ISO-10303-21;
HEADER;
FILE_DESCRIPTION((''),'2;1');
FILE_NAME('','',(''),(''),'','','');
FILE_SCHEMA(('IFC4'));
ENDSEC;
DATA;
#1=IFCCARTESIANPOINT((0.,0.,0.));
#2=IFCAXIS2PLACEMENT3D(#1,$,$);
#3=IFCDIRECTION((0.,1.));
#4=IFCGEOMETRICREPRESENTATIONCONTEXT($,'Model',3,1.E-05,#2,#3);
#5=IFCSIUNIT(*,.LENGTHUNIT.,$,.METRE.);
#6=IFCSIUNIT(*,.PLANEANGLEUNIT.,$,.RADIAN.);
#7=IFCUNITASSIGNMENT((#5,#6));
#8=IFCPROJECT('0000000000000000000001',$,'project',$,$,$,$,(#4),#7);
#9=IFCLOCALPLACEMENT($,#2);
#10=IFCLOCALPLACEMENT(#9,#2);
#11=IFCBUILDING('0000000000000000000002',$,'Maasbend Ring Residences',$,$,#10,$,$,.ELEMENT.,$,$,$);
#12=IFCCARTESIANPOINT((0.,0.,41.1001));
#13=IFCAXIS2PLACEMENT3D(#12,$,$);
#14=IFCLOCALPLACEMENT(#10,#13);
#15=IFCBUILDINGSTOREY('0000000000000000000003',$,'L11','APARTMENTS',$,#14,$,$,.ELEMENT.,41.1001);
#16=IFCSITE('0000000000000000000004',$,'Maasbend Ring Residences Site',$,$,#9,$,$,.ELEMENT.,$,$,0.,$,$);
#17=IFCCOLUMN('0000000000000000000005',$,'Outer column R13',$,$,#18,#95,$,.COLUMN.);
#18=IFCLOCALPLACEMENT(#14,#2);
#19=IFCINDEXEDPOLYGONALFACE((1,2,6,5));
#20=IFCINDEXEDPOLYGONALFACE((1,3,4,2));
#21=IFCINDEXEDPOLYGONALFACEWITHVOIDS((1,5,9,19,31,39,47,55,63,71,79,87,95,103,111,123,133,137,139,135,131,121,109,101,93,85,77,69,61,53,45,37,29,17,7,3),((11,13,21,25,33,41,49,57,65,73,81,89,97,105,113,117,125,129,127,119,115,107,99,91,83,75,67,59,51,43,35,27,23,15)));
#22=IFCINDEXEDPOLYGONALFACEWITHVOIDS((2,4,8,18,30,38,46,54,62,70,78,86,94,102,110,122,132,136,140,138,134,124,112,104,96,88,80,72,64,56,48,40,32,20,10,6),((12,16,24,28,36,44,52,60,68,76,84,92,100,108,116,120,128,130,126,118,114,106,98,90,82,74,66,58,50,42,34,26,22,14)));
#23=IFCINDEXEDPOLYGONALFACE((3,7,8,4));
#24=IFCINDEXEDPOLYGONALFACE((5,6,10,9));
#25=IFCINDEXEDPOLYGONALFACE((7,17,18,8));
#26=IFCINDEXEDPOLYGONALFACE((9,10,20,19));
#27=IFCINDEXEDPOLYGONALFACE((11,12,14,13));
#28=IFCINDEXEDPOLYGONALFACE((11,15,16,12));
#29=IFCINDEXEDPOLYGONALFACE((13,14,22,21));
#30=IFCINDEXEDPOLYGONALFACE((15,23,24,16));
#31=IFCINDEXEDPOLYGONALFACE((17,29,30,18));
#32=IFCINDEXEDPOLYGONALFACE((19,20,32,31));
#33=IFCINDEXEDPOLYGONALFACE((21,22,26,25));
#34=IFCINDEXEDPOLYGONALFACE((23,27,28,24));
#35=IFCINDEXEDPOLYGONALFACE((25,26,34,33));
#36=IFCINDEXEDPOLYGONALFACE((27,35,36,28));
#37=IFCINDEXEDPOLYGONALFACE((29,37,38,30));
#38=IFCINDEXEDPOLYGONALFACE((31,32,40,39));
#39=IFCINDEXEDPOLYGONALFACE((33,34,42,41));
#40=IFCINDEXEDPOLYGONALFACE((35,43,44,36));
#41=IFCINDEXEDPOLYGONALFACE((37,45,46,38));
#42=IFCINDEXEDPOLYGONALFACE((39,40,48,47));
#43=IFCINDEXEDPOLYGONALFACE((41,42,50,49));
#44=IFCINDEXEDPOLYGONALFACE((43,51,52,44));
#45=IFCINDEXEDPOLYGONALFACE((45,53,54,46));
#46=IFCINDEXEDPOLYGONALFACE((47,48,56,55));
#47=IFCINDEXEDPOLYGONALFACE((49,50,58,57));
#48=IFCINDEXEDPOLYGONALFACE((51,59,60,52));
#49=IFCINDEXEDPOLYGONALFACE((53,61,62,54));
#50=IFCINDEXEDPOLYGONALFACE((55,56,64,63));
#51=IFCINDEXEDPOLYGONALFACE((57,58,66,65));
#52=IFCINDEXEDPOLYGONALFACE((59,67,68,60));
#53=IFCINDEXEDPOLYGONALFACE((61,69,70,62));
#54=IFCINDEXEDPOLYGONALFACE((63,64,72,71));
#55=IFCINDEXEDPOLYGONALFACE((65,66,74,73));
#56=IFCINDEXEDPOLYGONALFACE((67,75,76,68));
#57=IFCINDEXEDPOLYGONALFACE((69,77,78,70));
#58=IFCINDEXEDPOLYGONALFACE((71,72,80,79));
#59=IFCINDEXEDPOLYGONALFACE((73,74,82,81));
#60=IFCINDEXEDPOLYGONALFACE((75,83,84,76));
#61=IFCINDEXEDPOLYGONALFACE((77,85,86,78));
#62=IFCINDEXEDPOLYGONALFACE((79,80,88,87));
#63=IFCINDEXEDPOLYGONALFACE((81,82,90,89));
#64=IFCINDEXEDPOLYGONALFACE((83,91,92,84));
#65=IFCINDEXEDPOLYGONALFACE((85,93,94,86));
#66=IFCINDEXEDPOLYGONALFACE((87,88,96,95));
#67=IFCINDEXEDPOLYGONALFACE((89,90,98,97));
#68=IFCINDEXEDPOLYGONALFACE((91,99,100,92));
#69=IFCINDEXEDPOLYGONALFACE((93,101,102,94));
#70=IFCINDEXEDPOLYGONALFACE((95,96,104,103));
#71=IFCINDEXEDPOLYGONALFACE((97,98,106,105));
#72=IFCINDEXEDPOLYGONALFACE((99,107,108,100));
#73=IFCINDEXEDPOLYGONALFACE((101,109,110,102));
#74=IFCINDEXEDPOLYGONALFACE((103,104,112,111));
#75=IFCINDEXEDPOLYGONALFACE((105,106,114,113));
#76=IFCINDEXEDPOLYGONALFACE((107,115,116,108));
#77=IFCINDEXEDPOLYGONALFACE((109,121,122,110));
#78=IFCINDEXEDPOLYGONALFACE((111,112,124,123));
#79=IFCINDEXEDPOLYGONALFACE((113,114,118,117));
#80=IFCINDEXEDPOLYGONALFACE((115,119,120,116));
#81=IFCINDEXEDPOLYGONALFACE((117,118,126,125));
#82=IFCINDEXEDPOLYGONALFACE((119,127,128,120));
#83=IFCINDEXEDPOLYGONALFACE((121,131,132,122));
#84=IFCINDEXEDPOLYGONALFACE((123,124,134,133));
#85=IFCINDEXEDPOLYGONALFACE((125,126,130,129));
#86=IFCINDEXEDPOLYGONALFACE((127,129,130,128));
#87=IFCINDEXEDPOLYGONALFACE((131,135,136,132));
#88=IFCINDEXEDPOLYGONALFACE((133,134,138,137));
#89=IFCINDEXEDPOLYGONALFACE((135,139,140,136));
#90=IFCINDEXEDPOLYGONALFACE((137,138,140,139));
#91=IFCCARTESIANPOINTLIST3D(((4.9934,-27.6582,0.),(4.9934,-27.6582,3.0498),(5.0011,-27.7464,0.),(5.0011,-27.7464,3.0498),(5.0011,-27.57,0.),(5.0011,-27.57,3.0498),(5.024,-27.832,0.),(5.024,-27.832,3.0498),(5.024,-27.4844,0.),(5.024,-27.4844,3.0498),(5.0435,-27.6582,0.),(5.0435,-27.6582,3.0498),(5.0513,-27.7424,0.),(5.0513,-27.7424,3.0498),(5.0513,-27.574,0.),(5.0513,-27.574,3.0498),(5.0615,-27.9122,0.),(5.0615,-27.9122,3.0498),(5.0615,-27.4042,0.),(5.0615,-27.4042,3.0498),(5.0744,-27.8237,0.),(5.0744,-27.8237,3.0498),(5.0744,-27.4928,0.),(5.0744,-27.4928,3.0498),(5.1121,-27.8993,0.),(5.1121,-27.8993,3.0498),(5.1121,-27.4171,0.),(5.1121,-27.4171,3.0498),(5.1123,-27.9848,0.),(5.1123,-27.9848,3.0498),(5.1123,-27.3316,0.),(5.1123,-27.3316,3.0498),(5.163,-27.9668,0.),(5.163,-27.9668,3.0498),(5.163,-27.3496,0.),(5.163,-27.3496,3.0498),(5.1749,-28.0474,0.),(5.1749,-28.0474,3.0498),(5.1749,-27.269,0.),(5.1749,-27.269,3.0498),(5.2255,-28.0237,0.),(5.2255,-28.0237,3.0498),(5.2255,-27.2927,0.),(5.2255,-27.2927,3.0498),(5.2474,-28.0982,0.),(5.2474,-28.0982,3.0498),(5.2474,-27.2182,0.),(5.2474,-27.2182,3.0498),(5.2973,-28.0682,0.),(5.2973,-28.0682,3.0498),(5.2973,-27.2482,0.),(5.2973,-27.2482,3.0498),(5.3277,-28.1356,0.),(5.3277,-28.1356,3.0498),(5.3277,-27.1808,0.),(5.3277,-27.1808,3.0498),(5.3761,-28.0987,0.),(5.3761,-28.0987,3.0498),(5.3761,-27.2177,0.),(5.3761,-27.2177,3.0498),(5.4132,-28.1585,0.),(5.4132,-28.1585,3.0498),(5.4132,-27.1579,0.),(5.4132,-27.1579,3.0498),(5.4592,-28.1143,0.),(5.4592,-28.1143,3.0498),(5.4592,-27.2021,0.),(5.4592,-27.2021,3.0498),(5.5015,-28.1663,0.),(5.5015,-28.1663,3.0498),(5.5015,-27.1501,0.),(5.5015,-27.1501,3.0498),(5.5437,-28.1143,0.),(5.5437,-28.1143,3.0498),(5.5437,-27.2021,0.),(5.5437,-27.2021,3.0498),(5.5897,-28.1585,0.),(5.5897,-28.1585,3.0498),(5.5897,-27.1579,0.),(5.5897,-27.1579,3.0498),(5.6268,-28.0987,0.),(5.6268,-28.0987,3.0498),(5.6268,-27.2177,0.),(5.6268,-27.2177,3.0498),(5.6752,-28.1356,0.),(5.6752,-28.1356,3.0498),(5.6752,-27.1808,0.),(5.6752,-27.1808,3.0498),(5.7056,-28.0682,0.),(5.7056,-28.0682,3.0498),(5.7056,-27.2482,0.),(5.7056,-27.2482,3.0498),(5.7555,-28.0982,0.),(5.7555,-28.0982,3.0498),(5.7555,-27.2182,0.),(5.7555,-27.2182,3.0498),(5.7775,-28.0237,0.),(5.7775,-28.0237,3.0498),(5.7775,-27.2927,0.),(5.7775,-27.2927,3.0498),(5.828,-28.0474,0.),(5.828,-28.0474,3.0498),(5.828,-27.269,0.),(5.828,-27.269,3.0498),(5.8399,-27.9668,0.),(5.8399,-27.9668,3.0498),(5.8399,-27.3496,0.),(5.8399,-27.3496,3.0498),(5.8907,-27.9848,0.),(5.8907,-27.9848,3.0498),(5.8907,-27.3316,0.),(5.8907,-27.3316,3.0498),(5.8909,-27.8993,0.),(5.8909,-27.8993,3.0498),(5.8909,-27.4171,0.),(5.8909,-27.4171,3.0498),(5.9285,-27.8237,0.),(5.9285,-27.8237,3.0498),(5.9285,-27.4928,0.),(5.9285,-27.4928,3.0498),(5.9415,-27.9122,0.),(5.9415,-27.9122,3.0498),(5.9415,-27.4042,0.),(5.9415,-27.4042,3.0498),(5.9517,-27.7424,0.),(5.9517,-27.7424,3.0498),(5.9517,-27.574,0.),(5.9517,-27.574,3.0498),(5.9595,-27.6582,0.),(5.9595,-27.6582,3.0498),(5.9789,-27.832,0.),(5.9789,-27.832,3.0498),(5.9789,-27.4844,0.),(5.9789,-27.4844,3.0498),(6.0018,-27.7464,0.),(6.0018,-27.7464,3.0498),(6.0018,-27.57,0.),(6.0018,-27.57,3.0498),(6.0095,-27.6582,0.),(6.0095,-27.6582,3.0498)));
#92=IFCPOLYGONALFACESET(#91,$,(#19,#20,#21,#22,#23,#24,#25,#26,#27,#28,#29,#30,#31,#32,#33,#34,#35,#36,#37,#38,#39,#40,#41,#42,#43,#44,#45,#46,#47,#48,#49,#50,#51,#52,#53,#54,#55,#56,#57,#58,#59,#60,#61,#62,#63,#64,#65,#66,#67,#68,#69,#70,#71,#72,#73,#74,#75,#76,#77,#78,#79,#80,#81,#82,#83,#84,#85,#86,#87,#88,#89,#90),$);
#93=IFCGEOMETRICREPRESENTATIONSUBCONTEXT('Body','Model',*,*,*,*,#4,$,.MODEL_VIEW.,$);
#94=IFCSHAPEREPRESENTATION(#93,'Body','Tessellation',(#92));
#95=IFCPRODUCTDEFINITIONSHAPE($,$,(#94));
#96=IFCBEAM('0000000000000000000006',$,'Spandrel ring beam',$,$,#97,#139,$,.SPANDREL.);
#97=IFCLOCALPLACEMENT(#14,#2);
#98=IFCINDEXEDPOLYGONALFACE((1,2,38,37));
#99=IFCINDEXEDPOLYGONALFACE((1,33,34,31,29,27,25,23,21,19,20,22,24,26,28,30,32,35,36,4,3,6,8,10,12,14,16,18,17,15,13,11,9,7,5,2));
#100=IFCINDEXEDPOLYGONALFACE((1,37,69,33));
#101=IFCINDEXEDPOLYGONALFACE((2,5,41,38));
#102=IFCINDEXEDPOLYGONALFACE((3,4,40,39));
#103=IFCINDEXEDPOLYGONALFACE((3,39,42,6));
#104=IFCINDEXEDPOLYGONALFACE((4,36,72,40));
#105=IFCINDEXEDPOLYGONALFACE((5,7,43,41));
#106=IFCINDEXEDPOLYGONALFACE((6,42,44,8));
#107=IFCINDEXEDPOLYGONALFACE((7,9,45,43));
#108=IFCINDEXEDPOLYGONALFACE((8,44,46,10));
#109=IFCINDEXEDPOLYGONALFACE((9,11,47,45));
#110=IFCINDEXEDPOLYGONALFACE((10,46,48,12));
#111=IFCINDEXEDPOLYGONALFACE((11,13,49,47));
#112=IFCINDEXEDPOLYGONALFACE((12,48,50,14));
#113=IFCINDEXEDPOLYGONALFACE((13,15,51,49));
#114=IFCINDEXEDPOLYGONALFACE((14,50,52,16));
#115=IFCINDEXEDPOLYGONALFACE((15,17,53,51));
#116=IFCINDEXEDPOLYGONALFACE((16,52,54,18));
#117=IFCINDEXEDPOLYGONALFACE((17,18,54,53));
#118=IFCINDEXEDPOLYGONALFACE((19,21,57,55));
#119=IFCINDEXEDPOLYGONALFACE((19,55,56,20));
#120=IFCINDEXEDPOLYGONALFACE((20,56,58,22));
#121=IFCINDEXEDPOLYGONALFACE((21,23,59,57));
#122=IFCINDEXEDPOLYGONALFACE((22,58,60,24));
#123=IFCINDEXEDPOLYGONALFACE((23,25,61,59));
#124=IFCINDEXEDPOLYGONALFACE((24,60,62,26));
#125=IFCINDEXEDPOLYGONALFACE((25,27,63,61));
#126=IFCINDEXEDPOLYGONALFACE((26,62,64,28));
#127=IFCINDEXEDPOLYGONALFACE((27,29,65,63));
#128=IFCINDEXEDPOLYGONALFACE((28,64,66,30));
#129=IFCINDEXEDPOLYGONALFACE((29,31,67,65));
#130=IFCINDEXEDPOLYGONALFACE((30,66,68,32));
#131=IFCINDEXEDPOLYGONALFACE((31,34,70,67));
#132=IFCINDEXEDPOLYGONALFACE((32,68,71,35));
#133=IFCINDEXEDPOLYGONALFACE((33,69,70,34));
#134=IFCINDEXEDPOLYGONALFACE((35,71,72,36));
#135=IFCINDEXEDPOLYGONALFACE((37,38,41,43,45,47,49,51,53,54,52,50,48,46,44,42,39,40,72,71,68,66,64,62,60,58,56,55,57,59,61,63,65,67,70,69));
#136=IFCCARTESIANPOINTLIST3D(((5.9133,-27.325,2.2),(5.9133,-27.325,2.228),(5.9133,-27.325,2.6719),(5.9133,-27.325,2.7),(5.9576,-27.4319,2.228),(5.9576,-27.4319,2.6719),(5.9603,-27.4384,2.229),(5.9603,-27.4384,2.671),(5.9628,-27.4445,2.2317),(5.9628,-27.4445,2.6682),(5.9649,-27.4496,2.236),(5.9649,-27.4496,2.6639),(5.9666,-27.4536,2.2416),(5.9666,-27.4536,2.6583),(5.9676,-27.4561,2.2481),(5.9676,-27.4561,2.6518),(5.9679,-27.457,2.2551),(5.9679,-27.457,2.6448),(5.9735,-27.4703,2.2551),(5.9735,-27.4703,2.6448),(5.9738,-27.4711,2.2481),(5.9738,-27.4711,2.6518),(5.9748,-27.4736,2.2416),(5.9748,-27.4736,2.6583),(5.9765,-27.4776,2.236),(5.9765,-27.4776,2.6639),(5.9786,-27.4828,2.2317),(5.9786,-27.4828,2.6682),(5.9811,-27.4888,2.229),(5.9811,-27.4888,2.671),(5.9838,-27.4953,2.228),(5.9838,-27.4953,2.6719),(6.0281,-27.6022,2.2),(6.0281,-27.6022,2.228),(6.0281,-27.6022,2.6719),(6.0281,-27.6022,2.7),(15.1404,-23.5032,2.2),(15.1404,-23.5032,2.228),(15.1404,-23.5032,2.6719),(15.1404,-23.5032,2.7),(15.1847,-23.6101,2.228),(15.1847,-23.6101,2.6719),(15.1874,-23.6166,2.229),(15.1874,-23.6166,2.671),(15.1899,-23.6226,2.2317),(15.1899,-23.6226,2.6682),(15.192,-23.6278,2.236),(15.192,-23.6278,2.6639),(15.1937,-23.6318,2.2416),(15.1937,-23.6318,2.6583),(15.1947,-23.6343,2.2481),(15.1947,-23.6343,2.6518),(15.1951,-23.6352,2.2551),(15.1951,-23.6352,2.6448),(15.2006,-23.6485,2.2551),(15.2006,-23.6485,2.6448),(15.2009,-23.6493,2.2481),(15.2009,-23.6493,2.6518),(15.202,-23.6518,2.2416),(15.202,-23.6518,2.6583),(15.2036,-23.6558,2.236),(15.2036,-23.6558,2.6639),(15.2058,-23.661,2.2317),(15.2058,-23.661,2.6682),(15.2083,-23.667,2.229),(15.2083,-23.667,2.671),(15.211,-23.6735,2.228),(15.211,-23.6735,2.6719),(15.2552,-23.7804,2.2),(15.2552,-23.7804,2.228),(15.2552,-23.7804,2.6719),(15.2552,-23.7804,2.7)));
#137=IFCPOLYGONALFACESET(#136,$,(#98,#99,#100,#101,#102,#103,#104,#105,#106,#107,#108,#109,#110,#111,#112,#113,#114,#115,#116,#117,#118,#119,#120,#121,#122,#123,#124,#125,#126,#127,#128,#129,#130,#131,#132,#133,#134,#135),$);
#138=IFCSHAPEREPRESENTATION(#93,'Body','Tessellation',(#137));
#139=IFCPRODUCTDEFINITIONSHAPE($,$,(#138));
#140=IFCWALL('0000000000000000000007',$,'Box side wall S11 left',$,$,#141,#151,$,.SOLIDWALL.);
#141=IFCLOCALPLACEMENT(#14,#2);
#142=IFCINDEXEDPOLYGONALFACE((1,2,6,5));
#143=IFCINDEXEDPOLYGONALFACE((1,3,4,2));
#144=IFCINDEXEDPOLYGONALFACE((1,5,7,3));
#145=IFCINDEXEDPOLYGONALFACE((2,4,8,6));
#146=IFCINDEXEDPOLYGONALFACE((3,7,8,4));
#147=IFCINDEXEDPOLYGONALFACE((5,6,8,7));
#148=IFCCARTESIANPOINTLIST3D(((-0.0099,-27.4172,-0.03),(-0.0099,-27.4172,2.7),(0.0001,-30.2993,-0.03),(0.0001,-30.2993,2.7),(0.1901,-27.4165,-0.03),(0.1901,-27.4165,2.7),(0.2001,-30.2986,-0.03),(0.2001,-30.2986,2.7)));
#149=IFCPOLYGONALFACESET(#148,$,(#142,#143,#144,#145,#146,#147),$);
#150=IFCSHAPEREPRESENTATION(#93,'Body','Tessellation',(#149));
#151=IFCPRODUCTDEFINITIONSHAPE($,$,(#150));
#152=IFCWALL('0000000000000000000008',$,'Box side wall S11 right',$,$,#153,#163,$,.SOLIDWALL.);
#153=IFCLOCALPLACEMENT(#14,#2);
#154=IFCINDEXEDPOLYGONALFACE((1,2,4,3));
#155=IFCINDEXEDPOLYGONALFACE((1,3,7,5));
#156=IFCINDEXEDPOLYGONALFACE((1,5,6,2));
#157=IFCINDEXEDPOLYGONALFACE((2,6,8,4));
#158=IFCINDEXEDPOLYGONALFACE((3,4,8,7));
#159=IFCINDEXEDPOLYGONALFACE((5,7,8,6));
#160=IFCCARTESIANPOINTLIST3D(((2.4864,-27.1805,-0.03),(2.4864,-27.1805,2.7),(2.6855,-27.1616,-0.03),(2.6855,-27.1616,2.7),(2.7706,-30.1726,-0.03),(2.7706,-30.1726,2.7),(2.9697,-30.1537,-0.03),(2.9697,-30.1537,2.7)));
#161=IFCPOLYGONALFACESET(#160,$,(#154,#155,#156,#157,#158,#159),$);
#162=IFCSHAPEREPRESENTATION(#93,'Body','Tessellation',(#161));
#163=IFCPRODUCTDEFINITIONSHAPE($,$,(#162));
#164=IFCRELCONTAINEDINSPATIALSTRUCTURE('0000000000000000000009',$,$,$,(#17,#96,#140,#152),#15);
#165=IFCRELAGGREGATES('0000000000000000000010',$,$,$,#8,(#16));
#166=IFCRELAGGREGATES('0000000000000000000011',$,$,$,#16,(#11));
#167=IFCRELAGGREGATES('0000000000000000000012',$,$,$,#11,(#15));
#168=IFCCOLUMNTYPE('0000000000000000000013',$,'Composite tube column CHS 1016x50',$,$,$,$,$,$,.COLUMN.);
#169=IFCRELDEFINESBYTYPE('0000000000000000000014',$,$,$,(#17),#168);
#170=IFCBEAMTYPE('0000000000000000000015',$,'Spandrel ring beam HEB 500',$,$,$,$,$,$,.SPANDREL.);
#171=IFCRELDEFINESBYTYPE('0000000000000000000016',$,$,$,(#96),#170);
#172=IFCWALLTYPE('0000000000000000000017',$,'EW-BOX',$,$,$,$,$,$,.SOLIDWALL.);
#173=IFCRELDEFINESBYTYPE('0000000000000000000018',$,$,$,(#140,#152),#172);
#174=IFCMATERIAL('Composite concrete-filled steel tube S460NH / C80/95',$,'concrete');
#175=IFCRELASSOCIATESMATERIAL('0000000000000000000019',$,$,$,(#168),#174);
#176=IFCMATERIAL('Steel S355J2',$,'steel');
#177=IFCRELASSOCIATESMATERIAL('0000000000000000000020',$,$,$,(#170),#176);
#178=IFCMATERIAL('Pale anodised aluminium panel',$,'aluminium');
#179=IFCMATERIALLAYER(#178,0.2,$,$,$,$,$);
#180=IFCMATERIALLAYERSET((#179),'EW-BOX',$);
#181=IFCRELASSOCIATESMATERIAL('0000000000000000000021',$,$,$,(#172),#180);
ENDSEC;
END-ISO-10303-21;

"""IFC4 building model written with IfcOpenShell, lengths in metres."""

from ifc_helpers import new_model, si_unit, direction, frame, frame_2d, origin, origin_2d, place, context, subcontext, project, spatial, rectangle, hollow_circle, i_section, extrude, material, layer, layer_set, material_profile, profile_set, type_object, element, save


model = new_model("IFC4")

# Units and contexts
model_context = context("Model", 3, precision=1e-05, world=origin(), true_north=direction((0.0, 1.0)))
body_context = subcontext(model_context, "Body", "Model", "MODEL_VIEW")
ifc_project = project(units=[si_unit("LENGTHUNIT", "METRE"), si_unit("PLANEANGLEUNIT", "RADIAN")], contexts=[model_context])

# Site, building, storey
site_placement = place(None, origin())
site = spatial("IfcSite", under=ifc_project, at=site_placement, Name="Maasbend Ring Residences Site", CompositionType="ELEMENT", RefElevation=0.0)
building_placement = place(site_placement, origin())
building = spatial("IfcBuilding", under=site, at=building_placement, Name="Maasbend Ring Residences", CompositionType="ELEMENT")
storey_placement = place(building_placement, frame((0.0, 0.0, 41.1001)))
storey = spatial("IfcBuildingStorey", under=building, at=storey_placement, Name="L11", Description="APARTMENTS", CompositionType="ELEMENT", Elevation=41.1001)

# Column
ifc_material_1 = material(Name="Composite concrete-filled steel tube S460NH / C80/95", Category="concrete")
ifc_material_profile_1 = material_profile(ifc_material_1, hollow_circle(Radius=0.5081, WallThickness=0.05, at=origin_2d()), Name="Composite tube column CHS 1016x50")
ifc_profile_set_1 = profile_set([ifc_material_profile_1], Name="Composite concrete-filled steel tube S460NH / C80/95")
column_type = type_object("IfcColumnType", Name="Composite tube column CHS 1016x50", PredefinedType="COLUMN", material=ifc_profile_set_1)
column_placement = place(storey_placement, frame((5.5015, -27.6582, 0.0), z_axis=(0.0, 0.0, 1.0), x_axis=(1.0, 0.0, 0.0)))
element("IfcColumn", 1, at=column_placement, inside=storey, type_object=column_type, Name="Outer column R13", PredefinedType="COLUMN", context=body_context, shape_type="SweptSolid", body=[
    extrude(hollow_circle(Radius=0.5081, WallThickness=0.05, at=origin_2d()), origin(), (0.0, 0.0, 1.0), 3.0498),
])

# Beam
ifc_material_2 = material(Name="Steel S355J2", Category="steel")
ifc_material_profile_2 = material_profile(ifc_material_2, i_section(OverallWidth=0.3, OverallDepth=0.5, WebThickness=0.0144, FlangeThickness=0.0281, FilletRadius=0.0271, at=origin_2d()), Name="HEB 500")
ifc_profile_set_2 = profile_set([ifc_material_profile_2], Name="Steel S355J2")
beam_type = type_object("IfcBeamType", Name="Spandrel ring beam HEB 500", PredefinedType="SPANDREL", material=ifc_profile_set_2)
beam_placement = place(storey_placement, frame((5.9707, -27.4636, 2.45), z_axis=(0.923886, 0.382667, 0.0), x_axis=(-0.382667, 0.923886, 0.0)))
element("IfcBeam", 2, at=beam_placement, inside=storey, type_object=beam_type, Name="Spandrel ring beam", PredefinedType="SPANDREL", context=body_context, shape_type="SweptSolid", body=[
    extrude(i_section(OverallWidth=0.3, OverallDepth=0.5, WebThickness=0.0144, FlangeThickness=0.0281, FilletRadius=0.0271, at=origin_2d()), origin(), (0.0, 0.0, 1.0), 9.9873),
])

# Walls
ifc_material_3 = material(Name="Pale anodised aluminium panel", Category="aluminium")
ifc_layer_1 = layer(ifc_material_3, 0.2)
ifc_layer_set_1 = layer_set([ifc_layer_1], Name="EW-BOX")
wall_type_1 = type_object("IfcWallType", Name="EW-BOX", PredefinedType="SOLIDWALL", material=ifc_layer_set_1)
wall_1_placement = place(storey_placement, frame((0.0901, -27.417, -0.03), z_axis=(0.0, 0.0, 1.0), x_axis=(0.003473, -0.999994, 0.0)))
element("IfcWall", 3, at=wall_1_placement, inside=storey, type_object=wall_type_1, Name="Box side wall S11 left", PredefinedType="SOLIDWALL", context=body_context, shape_type="SweptSolid", body=[
    extrude(rectangle(XDim=2.8821, YDim=0.2, at=frame_2d((1.4409, 0.0))), origin(), (0.0, 0.0, 1.0), 2.73),
])
wall_2_placement = place(storey_placement, frame((2.5859, -27.1709, -0.03), z_axis=(0.0, 0.0, 1.0), x_axis=(0.094548, -0.99552, 0.0)))
element("IfcWall", 4, at=wall_2_placement, inside=storey, type_object=wall_type_1, Name="Box side wall S11 right", PredefinedType="SOLIDWALL", context=body_context, shape_type="SweptSolid", body=[
    extrude(rectangle(XDim=3.0056, YDim=0.2, at=frame_2d((1.5029, 0.0))), origin(), (0.0, 0.0, 1.0), 2.73),
])

save(model, "model.ifc")
